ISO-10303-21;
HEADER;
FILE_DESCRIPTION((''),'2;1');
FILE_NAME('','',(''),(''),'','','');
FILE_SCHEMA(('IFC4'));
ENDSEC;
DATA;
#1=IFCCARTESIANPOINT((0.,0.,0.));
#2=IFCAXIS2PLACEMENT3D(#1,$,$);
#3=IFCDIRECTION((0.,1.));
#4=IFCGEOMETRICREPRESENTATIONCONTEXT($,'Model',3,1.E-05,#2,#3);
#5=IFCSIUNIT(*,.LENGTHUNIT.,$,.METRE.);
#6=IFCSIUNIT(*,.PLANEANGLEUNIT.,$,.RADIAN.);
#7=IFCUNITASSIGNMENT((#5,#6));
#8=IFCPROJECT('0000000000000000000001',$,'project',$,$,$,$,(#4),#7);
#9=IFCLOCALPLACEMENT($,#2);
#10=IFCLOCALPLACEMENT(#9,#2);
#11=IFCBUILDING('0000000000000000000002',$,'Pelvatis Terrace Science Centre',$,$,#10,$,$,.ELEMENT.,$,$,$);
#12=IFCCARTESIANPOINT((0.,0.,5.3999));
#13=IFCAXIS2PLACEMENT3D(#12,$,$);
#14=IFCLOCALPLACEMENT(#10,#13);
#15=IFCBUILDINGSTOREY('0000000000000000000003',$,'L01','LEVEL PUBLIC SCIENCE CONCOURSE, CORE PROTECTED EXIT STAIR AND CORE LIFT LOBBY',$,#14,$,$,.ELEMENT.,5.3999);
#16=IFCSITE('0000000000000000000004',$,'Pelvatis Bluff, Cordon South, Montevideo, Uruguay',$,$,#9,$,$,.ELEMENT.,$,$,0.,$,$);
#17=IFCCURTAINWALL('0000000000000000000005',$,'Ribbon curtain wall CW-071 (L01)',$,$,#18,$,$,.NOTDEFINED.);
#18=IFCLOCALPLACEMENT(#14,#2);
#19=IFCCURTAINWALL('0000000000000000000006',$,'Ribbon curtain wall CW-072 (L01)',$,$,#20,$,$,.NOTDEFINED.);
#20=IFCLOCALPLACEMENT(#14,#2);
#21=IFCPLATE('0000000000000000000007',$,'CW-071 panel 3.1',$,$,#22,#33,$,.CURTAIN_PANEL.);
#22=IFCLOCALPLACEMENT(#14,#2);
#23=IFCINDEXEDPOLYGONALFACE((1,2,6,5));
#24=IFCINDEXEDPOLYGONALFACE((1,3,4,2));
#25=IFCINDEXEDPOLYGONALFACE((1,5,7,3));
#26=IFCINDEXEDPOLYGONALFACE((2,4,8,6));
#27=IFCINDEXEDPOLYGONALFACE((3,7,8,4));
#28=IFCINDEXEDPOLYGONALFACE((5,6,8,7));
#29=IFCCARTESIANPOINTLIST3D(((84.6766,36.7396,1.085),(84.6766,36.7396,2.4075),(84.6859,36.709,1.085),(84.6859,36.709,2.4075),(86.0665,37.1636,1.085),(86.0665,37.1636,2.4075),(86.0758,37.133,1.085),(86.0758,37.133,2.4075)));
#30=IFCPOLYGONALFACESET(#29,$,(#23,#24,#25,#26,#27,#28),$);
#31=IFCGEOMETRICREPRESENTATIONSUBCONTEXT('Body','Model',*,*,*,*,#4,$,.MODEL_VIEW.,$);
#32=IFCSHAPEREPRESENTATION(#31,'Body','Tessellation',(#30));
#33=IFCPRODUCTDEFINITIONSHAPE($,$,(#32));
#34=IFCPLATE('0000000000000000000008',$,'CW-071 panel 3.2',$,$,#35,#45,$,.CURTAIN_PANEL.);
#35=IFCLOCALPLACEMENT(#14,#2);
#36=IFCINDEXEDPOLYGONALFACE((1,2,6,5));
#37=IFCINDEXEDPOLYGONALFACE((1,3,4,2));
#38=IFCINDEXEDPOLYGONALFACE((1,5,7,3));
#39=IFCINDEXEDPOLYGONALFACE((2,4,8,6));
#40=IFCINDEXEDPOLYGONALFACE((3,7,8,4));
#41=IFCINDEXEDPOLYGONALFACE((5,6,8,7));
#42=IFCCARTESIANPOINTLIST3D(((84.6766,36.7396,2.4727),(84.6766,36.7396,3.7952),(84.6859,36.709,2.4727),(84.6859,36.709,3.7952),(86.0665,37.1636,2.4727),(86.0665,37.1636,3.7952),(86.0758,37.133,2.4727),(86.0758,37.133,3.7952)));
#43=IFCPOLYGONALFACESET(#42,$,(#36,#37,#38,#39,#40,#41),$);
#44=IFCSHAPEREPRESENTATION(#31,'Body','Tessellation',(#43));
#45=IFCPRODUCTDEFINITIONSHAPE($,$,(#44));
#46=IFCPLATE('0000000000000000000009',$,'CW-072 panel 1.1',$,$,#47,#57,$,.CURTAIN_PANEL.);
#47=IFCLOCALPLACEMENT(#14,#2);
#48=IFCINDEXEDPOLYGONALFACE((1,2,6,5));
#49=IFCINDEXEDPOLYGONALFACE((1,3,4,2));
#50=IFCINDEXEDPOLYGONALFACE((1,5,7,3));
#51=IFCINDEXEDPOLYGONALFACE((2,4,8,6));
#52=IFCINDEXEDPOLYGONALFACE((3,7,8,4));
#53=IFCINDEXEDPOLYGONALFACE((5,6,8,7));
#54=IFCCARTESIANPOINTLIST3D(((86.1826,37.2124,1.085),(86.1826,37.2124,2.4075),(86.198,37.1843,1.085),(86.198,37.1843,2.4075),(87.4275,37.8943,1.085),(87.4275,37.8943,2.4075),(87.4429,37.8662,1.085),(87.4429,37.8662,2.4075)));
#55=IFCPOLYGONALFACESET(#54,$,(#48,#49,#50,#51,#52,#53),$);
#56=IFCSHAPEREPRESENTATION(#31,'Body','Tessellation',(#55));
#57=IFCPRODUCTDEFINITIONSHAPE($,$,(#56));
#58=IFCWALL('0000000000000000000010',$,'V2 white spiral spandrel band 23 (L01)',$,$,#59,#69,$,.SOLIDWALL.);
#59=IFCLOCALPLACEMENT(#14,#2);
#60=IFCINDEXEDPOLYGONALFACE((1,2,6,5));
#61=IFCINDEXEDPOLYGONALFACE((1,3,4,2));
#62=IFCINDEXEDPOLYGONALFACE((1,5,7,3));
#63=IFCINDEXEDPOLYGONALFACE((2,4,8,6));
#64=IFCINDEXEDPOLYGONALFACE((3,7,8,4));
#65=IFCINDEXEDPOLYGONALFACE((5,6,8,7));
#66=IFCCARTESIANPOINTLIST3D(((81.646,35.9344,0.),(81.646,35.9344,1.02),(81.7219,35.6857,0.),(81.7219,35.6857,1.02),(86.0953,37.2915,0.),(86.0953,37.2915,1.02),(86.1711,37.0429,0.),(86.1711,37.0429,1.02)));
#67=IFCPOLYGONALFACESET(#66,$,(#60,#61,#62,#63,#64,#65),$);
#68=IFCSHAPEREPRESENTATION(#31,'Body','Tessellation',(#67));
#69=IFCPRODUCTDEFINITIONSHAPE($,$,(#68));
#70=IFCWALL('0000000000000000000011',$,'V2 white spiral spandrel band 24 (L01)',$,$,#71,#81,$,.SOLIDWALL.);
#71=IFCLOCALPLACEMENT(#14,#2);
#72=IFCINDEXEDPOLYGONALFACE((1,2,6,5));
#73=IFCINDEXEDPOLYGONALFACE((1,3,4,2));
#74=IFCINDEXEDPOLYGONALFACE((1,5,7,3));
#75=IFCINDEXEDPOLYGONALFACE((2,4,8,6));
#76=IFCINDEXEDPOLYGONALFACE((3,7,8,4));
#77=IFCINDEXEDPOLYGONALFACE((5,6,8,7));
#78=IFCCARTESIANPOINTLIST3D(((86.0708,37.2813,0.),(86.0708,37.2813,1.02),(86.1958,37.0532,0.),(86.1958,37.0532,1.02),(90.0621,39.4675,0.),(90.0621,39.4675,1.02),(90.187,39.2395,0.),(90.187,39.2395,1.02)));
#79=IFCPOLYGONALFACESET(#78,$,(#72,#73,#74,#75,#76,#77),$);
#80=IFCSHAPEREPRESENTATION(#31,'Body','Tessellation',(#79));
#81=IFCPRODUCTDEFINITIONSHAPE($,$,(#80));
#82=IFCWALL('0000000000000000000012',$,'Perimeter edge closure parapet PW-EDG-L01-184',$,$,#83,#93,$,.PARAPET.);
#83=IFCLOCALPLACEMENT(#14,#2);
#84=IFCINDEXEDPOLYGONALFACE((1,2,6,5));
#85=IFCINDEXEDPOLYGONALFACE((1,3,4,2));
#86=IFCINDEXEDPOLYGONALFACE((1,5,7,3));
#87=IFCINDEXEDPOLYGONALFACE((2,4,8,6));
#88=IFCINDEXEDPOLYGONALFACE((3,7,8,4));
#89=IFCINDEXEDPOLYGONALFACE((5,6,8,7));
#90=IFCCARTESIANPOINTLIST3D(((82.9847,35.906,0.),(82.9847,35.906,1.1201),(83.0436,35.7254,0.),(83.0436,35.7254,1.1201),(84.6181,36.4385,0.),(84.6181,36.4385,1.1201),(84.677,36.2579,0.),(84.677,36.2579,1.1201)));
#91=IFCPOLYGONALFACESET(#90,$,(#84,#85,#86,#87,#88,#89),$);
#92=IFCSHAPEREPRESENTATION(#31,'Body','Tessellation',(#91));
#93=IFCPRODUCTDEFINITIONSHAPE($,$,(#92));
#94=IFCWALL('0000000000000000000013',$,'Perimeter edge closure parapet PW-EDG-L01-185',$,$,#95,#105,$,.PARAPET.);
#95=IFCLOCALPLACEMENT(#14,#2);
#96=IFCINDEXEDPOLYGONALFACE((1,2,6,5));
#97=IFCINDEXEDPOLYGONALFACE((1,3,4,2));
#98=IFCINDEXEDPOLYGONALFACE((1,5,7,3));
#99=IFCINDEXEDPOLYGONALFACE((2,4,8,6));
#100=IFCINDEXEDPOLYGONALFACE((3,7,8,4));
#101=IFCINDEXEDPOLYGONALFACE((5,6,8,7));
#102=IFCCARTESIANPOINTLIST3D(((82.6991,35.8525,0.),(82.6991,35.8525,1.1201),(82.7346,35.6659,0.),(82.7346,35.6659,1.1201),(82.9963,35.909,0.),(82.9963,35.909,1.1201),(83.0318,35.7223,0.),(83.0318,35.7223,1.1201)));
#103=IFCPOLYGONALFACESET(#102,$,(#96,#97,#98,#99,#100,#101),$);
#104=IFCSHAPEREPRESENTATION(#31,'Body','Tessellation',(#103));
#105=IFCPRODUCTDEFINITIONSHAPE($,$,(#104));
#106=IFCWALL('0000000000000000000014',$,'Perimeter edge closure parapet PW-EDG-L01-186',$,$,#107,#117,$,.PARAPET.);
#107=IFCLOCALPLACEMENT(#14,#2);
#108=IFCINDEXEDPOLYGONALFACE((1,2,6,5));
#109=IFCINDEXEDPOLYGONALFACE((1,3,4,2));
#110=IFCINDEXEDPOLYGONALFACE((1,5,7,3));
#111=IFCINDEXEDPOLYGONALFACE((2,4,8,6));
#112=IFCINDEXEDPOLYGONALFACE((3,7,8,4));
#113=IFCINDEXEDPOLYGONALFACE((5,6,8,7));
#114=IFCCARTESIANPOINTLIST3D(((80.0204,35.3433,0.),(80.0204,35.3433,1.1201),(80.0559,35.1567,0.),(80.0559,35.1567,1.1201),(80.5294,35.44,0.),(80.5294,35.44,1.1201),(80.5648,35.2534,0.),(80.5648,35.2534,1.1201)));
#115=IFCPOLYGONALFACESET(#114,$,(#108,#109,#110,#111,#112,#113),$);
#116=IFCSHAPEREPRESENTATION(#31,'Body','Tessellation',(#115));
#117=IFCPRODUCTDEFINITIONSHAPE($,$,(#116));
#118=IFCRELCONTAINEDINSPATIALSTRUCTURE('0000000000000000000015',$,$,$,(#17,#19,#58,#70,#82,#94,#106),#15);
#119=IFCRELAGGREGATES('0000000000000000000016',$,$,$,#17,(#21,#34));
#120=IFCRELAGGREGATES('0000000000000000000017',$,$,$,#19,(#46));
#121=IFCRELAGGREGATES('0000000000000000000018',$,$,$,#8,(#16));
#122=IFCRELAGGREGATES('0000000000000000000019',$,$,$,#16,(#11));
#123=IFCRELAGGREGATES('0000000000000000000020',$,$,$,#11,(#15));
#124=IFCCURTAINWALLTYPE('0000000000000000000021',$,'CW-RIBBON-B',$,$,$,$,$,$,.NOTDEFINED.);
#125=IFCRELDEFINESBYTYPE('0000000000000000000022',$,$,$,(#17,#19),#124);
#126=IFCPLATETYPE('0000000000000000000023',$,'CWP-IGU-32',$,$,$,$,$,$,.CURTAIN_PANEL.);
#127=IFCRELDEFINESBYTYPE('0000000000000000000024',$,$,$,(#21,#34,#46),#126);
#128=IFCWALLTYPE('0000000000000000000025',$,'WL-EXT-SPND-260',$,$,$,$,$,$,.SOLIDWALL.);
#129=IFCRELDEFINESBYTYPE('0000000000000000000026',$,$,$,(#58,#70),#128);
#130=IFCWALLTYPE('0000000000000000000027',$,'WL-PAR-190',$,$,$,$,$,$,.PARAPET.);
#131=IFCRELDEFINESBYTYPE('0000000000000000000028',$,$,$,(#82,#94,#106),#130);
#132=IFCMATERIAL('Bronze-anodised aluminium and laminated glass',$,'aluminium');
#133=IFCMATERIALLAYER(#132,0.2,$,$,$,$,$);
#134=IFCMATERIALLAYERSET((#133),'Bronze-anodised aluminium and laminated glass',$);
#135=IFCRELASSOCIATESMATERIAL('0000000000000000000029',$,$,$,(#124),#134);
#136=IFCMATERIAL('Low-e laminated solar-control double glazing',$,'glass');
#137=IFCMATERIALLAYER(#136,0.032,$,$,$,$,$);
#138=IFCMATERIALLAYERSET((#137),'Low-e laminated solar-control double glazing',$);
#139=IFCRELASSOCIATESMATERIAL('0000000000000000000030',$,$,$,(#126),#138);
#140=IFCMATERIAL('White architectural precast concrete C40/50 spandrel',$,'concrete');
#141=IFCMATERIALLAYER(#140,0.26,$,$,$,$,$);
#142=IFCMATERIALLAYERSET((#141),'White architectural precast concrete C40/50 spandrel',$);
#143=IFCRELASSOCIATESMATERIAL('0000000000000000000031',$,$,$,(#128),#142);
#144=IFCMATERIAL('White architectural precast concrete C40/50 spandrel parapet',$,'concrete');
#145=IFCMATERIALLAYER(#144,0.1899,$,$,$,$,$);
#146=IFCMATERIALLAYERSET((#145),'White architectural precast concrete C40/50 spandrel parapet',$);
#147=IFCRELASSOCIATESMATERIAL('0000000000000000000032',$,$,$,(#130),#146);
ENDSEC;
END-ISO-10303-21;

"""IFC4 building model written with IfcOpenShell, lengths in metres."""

from ifc_helpers import new_model, si_unit, direction, frame, frame_2d, origin, origin_2d, place, context, subcontext, project, spatial, rectangle, extrude, material, layer, layer_set, type_object, element, aggregate, save


model = new_model("IFC4")

# Units and contexts
model_context = context("Model", 3, precision=1e-05, world=origin(), true_north=direction((0.0, 1.0)))
body_context = subcontext(model_context, "Body", "Model", "MODEL_VIEW")
ifc_project = project(units=[si_unit("LENGTHUNIT", "METRE"), si_unit("PLANEANGLEUNIT", "RADIAN")], contexts=[model_context])

# Site, building, storey
site_placement = place(None, origin())
site = spatial("IfcSite", under=ifc_project, at=site_placement, Name="Pelvatis Bluff, Cordon South, Montevideo, Uruguay", CompositionType="ELEMENT", RefElevation=0.0)
building_placement = place(site_placement, origin())
building = spatial("IfcBuilding", under=site, at=building_placement, Name="Pelvatis Terrace Science Centre", CompositionType="ELEMENT")
storey_placement = place(building_placement, frame((0.0, 0.0, 5.3999)))
storey = spatial("IfcBuildingStorey", under=building, at=storey_placement, Name="L01", Description="LEVEL PUBLIC SCIENCE CONCOURSE, CORE PROTECTED EXIT STAIR AND CORE LIFT LOBBY", CompositionType="ELEMENT", Elevation=5.3999)

# Shared definitions
ifc_material_1 = material(Name="Bronze-anodised aluminium and laminated glass", Category="aluminium")
ifc_layer_1 = layer(ifc_material_1, 0.2)
ifc_layer_set_1 = layer_set([ifc_layer_1], Name="Bronze-anodised aluminium and laminated glass")
curtain_wall_type = type_object("IfcCurtainWallType", Name="CW-RIBBON-B", PredefinedType="NOTDEFINED", material=ifc_layer_set_1)

# Curtain wall
curtain_wall_1_placement = place(storey_placement, origin())
curtain_wall_1 = element("IfcCurtainWall", 1, at=curtain_wall_1_placement, inside=storey, type_object=curtain_wall_type, Name="Ribbon curtain wall CW-071 (L01)", PredefinedType="NOTDEFINED")

# Curtain wall
curtain_wall_2_placement = place(storey_placement, origin())
curtain_wall_2 = element("IfcCurtainWall", 2, at=curtain_wall_2_placement, inside=storey, type_object=curtain_wall_type, Name="Ribbon curtain wall CW-072 (L01)", PredefinedType="NOTDEFINED")

# Plates
ifc_material_2 = material(Name="Low-e laminated solar-control double glazing", Category="glass")
ifc_layer_2 = layer(ifc_material_2, 0.032)
ifc_layer_set_2 = layer_set([ifc_layer_2], Name="Low-e laminated solar-control double glazing")
plate_type = type_object("IfcPlateType", Name="CWP-IGU-32", PredefinedType="CURTAIN_PANEL", material=ifc_layer_set_2)
plate_1_placement = place(storey_placement, frame((85.3762, 36.9363, 1.085), z_axis=(0.0, 0.0, 1.0), x_axis=(0.956494, 0.291751, 0.0)))
plate_1 = element("IfcPlate", 3, at=plate_1_placement, type_object=plate_type, Name="CW-071 panel 3.1", PredefinedType="CURTAIN_PANEL", context=body_context, shape_type="SweptSolid", body=[
    extrude(rectangle(XDim=1.4531, YDim=0.032, at=origin_2d()), origin(), (0.0, 0.0, 1.0), 1.3225),
])
plate_2_placement = place(storey_placement, frame((85.3762, 36.9363, 2.4727), z_axis=(0.0, 0.0, 1.0), x_axis=(0.956494, 0.291751, 0.0)))
plate_2 = element("IfcPlate", 4, at=plate_2_placement, type_object=plate_type, Name="CW-071 panel 3.2", PredefinedType="CURTAIN_PANEL", context=body_context, shape_type="SweptSolid", body=[
    extrude(rectangle(XDim=1.4531, YDim=0.032, at=origin_2d()), origin(), (0.0, 0.0, 1.0), 1.3225),
])
aggregate(curtain_wall_1, [plate_1, plate_2])
plate_3_placement = place(storey_placement, frame((86.8127, 37.5393, 1.085), z_axis=(0.0, 0.0, 1.0), x_axis=(0.877046, 0.480406, 0.0)))
plate_3 = element("IfcPlate", 5, at=plate_3_placement, type_object=plate_type, Name="CW-072 panel 1.1", PredefinedType="CURTAIN_PANEL", context=body_context, shape_type="SweptSolid", body=[
    extrude(rectangle(XDim=1.4194, YDim=0.032, at=origin_2d()), origin(), (0.0, 0.0, 1.0), 1.3225),
])
aggregate(curtain_wall_2, [plate_3])

# Walls
ifc_material_3 = material(Name="White architectural precast concrete C40/50 spandrel", Category="concrete")
ifc_layer_3 = layer(ifc_material_3, 0.26)
ifc_layer_set_3 = layer_set([ifc_layer_3], Name="White architectural precast concrete C40/50 spandrel")
wall_type_1 = type_object("IfcWallType", Name="WL-EXT-SPND-260", PredefinedType="SOLIDWALL", material=ifc_layer_set_3)
wall_1_placement = place(storey_placement, frame((81.6841, 35.8101, 0.0), z_axis=(0.0, 0.0, 1.0), x_axis=(0.95649, 0.291765, 0.0)))
element("IfcWall", 6, at=wall_1_placement, inside=storey, type_object=wall_type_1, Name="V2 white spiral spandrel band 23 (L01)", PredefinedType="SOLIDWALL", context=body_context, shape_type="SweptSolid", body=[
    extrude(rectangle(XDim=4.6516, YDim=0.26, at=frame_2d((2.3257, 0.0))), origin(), (0.0, 0.0, 1.0), 1.02),
])
wall_2_placement = place(storey_placement, frame((86.1333, 37.1672, 0.0), z_axis=(0.0, 0.0, 1.0), x_axis=(0.877039, 0.480419, 0.0)))
element("IfcWall", 7, at=wall_2_placement, inside=storey, type_object=wall_type_1, Name="V2 white spiral spandrel band 24 (L01)", PredefinedType="SOLIDWALL", context=body_context, shape_type="SweptSolid", body=[
    extrude(rectangle(XDim=4.5508, YDim=0.26, at=frame_2d((2.2754, 0.0))), origin(), (0.0, 0.0, 1.0), 1.02),
])
ifc_material_4 = material(Name="White architectural precast concrete C40/50 spandrel parapet", Category="concrete")
ifc_layer_4 = layer(ifc_material_4, 0.1899)
ifc_layer_set_4 = layer_set([ifc_layer_4], Name="White architectural precast concrete C40/50 spandrel parapet")
wall_type_2 = type_object("IfcWallType", Name="WL-PAR-190", PredefinedType="PARAPET", material=ifc_layer_set_4)
wall_3_placement = place(storey_placement, frame((84.6475, 36.3481, 0.0), z_axis=(0.0, 0.0, 1.0), x_axis=(-0.950752, -0.309954, 0.0)))
element("IfcWall", 8, at=wall_3_placement, inside=storey, type_object=wall_type_2, Name="Perimeter edge closure parapet PW-EDG-L01-184", PredefinedType="PARAPET", context=body_context, shape_type="SweptSolid", body=[
    extrude(rectangle(XDim=1.718, YDim=0.1899, at=frame_2d((0.8589, 0.0))), origin(), (0.0, 0.0, 1.0), 1.1201),
])
wall_4_placement = place(storey_placement, frame((83.0142, 35.8157, 0.0), z_axis=(0.0, 0.0, 1.0), x_axis=(-0.982458, -0.186481, 0.0)))
element("IfcWall", 9, at=wall_4_placement, inside=storey, type_object=wall_type_2, Name="Perimeter edge closure parapet PW-EDG-L01-185", PredefinedType="PARAPET", context=body_context, shape_type="SweptSolid", body=[
    extrude(rectangle(XDim=0.3025, YDim=0.1899, at=frame_2d((0.1514, 0.0))), origin(), (0.0, 0.0, 1.0), 1.1201),
])
wall_5_placement = place(storey_placement, frame((80.5471, 35.3467, 0.0), z_axis=(0.0, 0.0, 1.0), x_axis=(-0.982437, -0.186592, 0.0)))
element("IfcWall", 10, at=wall_5_placement, inside=storey, type_object=wall_type_2, Name="Perimeter edge closure parapet PW-EDG-L01-186", PredefinedType="PARAPET", context=body_context, shape_type="SweptSolid", body=[
    extrude(rectangle(XDim=0.5181, YDim=0.1899, at=frame_2d((0.259, 0.0))), origin(), (0.0, 0.0, 1.0), 1.1201),
])

save(model, "model.ifc")
